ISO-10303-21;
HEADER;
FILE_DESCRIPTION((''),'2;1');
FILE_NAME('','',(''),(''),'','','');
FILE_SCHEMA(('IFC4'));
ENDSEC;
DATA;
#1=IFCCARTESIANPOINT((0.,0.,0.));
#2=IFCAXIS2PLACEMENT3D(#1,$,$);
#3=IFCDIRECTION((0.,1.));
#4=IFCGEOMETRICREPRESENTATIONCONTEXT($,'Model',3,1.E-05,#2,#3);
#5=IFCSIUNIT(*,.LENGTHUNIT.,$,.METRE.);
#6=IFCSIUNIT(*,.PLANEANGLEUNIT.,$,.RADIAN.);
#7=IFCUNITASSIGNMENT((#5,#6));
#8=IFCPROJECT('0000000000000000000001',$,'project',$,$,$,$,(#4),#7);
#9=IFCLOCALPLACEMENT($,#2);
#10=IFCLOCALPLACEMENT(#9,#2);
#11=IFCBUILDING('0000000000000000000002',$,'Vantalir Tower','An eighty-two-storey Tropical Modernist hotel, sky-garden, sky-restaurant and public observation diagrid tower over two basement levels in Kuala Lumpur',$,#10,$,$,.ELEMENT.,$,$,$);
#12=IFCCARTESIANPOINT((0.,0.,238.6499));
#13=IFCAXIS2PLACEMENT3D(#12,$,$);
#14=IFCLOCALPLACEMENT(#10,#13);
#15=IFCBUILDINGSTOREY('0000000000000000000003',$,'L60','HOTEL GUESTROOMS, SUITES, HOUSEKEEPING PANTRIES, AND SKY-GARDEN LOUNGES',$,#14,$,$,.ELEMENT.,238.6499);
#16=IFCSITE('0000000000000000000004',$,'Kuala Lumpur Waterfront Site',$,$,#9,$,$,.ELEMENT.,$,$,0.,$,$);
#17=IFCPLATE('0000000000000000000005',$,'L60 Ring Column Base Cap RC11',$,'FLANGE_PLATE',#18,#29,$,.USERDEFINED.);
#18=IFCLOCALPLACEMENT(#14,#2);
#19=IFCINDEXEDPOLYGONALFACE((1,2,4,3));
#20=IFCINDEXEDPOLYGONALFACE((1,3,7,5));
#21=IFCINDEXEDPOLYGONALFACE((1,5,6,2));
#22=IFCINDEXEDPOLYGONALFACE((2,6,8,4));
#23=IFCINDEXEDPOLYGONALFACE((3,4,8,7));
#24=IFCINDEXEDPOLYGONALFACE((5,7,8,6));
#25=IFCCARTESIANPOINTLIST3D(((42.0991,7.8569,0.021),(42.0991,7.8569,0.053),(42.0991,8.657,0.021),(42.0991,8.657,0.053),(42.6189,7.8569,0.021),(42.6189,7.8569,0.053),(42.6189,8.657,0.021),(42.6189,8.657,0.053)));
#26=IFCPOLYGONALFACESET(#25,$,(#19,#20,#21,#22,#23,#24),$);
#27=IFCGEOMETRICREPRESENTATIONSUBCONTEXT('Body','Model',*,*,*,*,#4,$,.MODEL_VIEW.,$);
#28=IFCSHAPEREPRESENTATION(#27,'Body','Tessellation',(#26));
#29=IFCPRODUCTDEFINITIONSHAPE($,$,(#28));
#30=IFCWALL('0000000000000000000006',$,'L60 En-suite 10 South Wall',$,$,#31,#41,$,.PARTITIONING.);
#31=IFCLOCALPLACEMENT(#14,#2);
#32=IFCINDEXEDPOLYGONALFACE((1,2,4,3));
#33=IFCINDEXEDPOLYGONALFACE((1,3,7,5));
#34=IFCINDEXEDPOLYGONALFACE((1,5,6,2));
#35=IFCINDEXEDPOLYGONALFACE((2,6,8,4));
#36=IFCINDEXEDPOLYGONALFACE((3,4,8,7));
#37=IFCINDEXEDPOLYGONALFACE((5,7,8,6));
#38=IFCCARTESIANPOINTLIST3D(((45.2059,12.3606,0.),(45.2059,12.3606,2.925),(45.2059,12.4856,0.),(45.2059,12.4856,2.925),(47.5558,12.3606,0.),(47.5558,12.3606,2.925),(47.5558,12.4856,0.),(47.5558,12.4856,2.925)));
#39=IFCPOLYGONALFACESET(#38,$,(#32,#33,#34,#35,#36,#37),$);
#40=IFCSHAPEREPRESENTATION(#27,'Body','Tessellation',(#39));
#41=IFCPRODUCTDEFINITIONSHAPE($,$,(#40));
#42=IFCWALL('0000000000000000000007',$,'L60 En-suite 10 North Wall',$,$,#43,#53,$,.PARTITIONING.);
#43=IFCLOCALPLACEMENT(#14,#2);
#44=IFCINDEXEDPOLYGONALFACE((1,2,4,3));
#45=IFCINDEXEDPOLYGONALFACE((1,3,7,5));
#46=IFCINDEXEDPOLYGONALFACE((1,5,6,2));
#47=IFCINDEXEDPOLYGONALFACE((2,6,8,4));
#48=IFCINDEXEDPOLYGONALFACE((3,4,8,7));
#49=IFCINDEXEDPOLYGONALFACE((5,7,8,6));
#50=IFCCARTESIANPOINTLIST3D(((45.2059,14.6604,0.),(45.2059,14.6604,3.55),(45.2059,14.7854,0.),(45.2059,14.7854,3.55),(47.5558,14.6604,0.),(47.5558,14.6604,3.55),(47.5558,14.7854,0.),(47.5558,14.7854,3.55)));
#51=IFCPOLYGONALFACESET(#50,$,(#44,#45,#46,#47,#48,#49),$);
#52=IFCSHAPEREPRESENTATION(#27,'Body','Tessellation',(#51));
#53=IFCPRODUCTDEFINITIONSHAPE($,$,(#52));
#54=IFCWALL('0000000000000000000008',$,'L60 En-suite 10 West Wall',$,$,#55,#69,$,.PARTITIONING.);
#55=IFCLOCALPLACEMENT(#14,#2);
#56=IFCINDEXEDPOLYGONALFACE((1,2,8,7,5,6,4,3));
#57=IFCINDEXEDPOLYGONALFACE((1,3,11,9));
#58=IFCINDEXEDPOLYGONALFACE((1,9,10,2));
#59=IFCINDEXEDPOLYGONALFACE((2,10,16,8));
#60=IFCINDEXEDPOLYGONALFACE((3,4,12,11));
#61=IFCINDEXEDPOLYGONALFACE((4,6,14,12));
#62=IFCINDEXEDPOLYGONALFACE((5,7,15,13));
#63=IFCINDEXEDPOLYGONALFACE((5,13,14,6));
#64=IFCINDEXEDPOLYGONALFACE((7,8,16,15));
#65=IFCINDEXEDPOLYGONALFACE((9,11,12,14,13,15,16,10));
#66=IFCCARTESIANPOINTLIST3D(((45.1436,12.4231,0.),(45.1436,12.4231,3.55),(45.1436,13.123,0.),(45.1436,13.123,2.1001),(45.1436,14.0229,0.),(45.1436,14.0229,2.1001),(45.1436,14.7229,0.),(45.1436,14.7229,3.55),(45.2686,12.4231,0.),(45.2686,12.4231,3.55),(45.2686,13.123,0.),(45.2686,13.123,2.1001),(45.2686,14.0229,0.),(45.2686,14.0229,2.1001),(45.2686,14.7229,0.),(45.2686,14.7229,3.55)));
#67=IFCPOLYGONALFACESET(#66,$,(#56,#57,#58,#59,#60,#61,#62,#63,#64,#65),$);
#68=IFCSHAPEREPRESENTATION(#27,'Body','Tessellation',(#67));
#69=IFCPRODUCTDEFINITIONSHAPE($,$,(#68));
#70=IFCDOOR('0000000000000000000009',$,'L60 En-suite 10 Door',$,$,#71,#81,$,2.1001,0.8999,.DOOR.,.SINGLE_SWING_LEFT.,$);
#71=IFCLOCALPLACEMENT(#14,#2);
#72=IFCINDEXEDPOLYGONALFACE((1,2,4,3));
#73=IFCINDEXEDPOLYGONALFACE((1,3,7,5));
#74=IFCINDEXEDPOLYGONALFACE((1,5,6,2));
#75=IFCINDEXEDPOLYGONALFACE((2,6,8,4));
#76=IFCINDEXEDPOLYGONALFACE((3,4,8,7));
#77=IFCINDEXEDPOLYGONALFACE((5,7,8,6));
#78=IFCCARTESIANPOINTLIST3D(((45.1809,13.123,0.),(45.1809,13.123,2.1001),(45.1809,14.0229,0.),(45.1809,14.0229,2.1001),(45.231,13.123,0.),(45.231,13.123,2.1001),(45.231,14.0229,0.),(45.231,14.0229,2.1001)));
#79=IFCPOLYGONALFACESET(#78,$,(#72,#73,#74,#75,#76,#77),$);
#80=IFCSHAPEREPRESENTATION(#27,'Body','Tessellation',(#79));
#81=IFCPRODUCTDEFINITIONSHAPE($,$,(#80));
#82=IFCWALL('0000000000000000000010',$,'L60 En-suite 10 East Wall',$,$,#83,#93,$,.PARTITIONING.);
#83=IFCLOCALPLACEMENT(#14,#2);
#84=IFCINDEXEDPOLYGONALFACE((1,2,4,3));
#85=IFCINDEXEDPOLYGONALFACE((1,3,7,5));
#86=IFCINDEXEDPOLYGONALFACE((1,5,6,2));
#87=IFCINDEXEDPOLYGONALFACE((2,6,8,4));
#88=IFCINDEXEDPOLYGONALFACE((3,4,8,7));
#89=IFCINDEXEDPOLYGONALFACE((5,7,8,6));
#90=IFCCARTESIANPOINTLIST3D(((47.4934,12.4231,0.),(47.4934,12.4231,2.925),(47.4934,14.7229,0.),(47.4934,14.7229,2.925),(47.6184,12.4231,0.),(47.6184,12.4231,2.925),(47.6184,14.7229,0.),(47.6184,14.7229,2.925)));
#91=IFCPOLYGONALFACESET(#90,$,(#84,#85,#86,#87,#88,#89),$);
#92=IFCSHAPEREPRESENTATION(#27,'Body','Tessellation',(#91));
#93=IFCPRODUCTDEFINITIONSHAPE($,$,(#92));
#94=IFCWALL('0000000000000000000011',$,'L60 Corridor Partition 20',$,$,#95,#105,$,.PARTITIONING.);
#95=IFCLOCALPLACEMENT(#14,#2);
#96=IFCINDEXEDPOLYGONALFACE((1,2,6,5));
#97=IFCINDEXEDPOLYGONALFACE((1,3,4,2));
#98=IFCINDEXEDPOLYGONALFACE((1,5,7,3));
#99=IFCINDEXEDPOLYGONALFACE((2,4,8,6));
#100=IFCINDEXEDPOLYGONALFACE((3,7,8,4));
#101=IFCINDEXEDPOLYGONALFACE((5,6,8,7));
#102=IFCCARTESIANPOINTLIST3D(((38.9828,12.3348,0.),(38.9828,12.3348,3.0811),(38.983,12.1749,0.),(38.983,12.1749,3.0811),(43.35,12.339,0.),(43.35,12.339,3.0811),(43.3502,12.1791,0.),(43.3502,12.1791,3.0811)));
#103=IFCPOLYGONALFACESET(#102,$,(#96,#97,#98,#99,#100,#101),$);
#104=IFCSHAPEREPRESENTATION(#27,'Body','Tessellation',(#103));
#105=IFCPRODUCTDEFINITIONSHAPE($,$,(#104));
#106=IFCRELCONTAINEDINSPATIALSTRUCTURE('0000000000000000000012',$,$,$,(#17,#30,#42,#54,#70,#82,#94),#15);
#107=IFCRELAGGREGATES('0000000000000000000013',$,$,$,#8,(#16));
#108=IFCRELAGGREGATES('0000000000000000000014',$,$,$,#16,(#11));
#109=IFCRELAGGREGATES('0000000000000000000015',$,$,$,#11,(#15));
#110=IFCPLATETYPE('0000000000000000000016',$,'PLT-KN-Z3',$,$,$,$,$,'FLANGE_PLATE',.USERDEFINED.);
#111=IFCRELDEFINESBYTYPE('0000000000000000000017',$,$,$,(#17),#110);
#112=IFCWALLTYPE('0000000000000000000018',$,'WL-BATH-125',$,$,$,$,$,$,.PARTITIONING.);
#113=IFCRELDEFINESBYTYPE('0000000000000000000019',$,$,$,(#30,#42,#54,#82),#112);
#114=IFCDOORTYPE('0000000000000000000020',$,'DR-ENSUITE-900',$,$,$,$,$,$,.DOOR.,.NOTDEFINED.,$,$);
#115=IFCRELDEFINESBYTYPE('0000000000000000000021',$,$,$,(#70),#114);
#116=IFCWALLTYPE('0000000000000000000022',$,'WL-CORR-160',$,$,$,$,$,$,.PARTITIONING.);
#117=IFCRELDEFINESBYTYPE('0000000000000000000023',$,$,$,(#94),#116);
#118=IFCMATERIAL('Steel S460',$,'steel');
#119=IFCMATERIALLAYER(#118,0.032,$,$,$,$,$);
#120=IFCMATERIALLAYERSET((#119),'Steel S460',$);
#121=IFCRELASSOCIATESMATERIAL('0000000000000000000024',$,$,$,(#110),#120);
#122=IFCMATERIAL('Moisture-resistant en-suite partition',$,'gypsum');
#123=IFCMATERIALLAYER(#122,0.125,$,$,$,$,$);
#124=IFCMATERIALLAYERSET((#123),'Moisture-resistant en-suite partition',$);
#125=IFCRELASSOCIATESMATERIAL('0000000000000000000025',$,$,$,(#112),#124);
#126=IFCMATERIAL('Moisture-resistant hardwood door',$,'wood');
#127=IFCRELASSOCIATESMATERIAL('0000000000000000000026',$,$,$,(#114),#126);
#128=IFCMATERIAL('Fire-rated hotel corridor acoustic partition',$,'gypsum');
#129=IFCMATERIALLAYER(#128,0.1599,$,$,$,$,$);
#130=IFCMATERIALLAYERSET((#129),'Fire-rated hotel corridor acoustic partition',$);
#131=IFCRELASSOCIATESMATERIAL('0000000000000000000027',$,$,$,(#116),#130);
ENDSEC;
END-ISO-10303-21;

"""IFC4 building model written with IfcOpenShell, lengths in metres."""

from ifc_helpers import new_model, si_unit, direction, frame, frame_2d, origin, place, context, subcontext, project, spatial, polyline, rectangle, outline, extrude, material, layer, layer_set, type_object, element, fill, save


model = new_model("IFC4")

# Units and contexts
model_context = context("Model", 3, precision=1e-05, world=origin(), true_north=direction((0.0, 1.0)))
body_context = subcontext(model_context, "Body", "Model", "MODEL_VIEW")
ifc_project = project(units=[si_unit("LENGTHUNIT", "METRE"), si_unit("PLANEANGLEUNIT", "RADIAN")], contexts=[model_context])

# Site, building, storey
site_placement = place(None, origin())
site = spatial("IfcSite", under=ifc_project, at=site_placement, Name="Kuala Lumpur Waterfront Site", CompositionType="ELEMENT", RefElevation=0.0)
building_placement = place(site_placement, origin())
building = spatial("IfcBuilding", under=site, at=building_placement, Name="Vantalir Tower", Description="An eighty-two-storey Tropical Modernist hotel, sky-garden, sky-restaurant and public observation diagrid tower over two basement levels in Kuala Lumpur", CompositionType="ELEMENT")
storey_placement = place(building_placement, frame((0.0, 0.0, 238.6499)))
storey = spatial("IfcBuildingStorey", under=building, at=storey_placement, Name="L60", Description="HOTEL GUESTROOMS, SUITES, HOUSEKEEPING PANTRIES, AND SKY-GARDEN LOUNGES", CompositionType="ELEMENT", Elevation=238.6499)

# Shared definitions
ifc_material_1 = material(Name="Steel S460", Category="steel")

# Plate
ifc_layer_1 = layer(ifc_material_1, 0.032)
ifc_layer_set_1 = layer_set([ifc_layer_1], Name="Steel S460")
plate_type_1 = type_object("IfcPlateType", Name="PLT-KN-Z3", ElementType="FLANGE_PLATE", PredefinedType="USERDEFINED", material=ifc_layer_set_1)
for number, where, z_axis, x_axis, name in (
    (1, (42.0991, 8.657, 0.053), (0.0, 0.0, 1.0), (0.0, -1.0, 0.0), "L60 Ring Column Base Cap RC11"),
):
    element("IfcPlate", number, at=place(storey_placement, frame(where, z_axis=z_axis, x_axis=x_axis)), inside=storey, type_object=plate_type_1, Name=name, ObjectType="FLANGE_PLATE", PredefinedType="USERDEFINED", context=body_context, shape_type="SweptSolid", body=[
        extrude(outline(polyline([(0.0, 0.0), (0.8, 0.0), (0.8, 0.5198), (0.0, 0.5198), (0.0, 0.0)])), origin(), (0.0, 0.0, -1.0), 0.032),
    ])

# Walls
ifc_material_2 = material(Name="Moisture-resistant en-suite partition", Category="gypsum")
ifc_layer_2 = layer(ifc_material_2, 0.125)
ifc_layer_set_2 = layer_set([ifc_layer_2], Name="Moisture-resistant en-suite partition")
wall_type_1 = type_object("IfcWallType", Name="WL-BATH-125", PredefinedType="PARTITIONING", material=ifc_layer_set_2)
wall_1_placement = place(storey_placement, frame((45.2061, 12.4231, 0.0), z_axis=(0.0, 0.0, 1.0), x_axis=(1.0, 0.0, 0.0)))
element("IfcWall", 2, at=wall_1_placement, inside=storey, type_object=wall_type_1, Name="L60 En-suite 10 South Wall", PredefinedType="PARTITIONING", context=body_context, shape_type="SweptSolid", body=[
    extrude(rectangle(XDim=2.3499, YDim=0.125, at=frame_2d((1.1748, 0.0))), origin(), (0.0, 0.0, 1.0), 2.925),
])
wall_2_placement = place(storey_placement, frame((45.2061, 14.7229, 0.0), z_axis=(0.0, 0.0, 1.0), x_axis=(1.0, 0.0, 0.0)))
element("IfcWall", 3, at=wall_2_placement, inside=storey, type_object=wall_type_1, Name="L60 En-suite 10 North Wall", PredefinedType="PARTITIONING", context=body_context, shape_type="SweptSolid", body=[
    extrude(rectangle(XDim=2.3499, YDim=0.125, at=frame_2d((1.1748, 0.0))), origin(), (0.0, 0.0, 1.0), 3.55),
])

# Wall, opening, door
wall_3_placement = place(storey_placement, frame((45.2061, 12.4231, 0.0), z_axis=(0.0, 0.0, 1.0), x_axis=(0.0, 1.0, 0.0)))
wall_3 = element("IfcWall", 4, at=wall_3_placement, inside=storey, type_object=wall_type_1, Name="L60 En-suite 10 West Wall", PredefinedType="PARTITIONING", context=body_context, shape_type="SweptSolid", body=[
    extrude(rectangle(XDim=2.2998, YDim=0.125, at=frame_2d((1.1499, 0.0))), origin(), (0.0, 0.0, 1.0), 3.55),
])
opening_placement = place(wall_3_placement, frame((0.7, 0.0, 0.0)))
opening = element("IfcOpeningElement", 5, at=opening_placement, cuts=wall_3, PredefinedType="OPENING", context=body_context, shape_type="SweptSolid", body=[
    extrude(rectangle(XDim=0.8999, YDim=2.1001, at=frame_2d((0.45, 1.05))), frame((0.0, 0.0725, 0.0), z_axis=(0.0, -1.0, 0.0), x_axis=(1.0, 0.0, 0.0)), (0.0, 0.0, 1.0), 0.145),
])
ifc_material_3 = material(Name="Moisture-resistant hardwood door", Category="wood")
door_type = type_object("IfcDoorType", Name="DR-ENSUITE-900", OperationType="NOTDEFINED", PredefinedType="DOOR", material=ifc_material_3)
door_placement = place(opening_placement, frame((0.8999, 0.0, 0.0), z_axis=(0.0, 0.0, 1.0), x_axis=(-1.0, 0.0, 0.0)))
door = element("IfcDoor", 6, at=door_placement, inside=storey, type_object=door_type, Name="L60 En-suite 10 Door", OperationType="SINGLE_SWING_LEFT", OverallHeight=2.1001, OverallWidth=0.8999, PredefinedType="DOOR", context=body_context, shape_type="SweptSolid", body=[
    extrude(rectangle(XDim=0.8999, YDim=2.1001, at=frame_2d((0.45, 1.05))), frame((0.0, 0.0249, 0.0), z_axis=(0.0, -1.0, 0.0), x_axis=(1.0, 0.0, 0.0)), (0.0, 0.0, 1.0), 0.05),
])
fill(opening, door)

# Walls
wall_4_placement = place(storey_placement, frame((47.5559, 12.4231, 0.0), z_axis=(0.0, 0.0, 1.0), x_axis=(0.0, 1.0, 0.0)))
element("IfcWall", 7, at=wall_4_placement, inside=storey, type_object=wall_type_1, Name="L60 En-suite 10 East Wall", PredefinedType="PARTITIONING", context=body_context, shape_type="SweptSolid", body=[
    extrude(rectangle(XDim=2.2998, YDim=0.125, at=frame_2d((1.1499, 0.0))), origin(), (0.0, 0.0, 1.0), 2.925),
])
ifc_material_4 = material(Name="Fire-rated hotel corridor acoustic partition", Category="gypsum")
ifc_layer_3 = layer(ifc_material_4, 0.1599)
ifc_layer_set_3 = layer_set([ifc_layer_3], Name="Fire-rated hotel corridor acoustic partition")
wall_type_2 = type_object("IfcWallType", Name="WL-CORR-160", PredefinedType="PARTITIONING", material=ifc_layer_set_3)
wall_5_placement = place(storey_placement, frame((43.3501, 12.259, 0.0), z_axis=(0.0, 0.0, 1.0), x_axis=(-1.0, -0.00095, 0.0)))
element("IfcWall", 8, at=wall_5_placement, inside=storey, type_object=wall_type_2, Name="L60 Corridor Partition 20", PredefinedType="PARTITIONING", context=body_context, shape_type="SweptSolid", body=[
    extrude(rectangle(XDim=4.3672, YDim=0.1599, at=frame_2d((2.1836, 0.0))), origin(), (0.0, 0.0, 1.0), 3.0811),
])

save(model, "model.ifc")
